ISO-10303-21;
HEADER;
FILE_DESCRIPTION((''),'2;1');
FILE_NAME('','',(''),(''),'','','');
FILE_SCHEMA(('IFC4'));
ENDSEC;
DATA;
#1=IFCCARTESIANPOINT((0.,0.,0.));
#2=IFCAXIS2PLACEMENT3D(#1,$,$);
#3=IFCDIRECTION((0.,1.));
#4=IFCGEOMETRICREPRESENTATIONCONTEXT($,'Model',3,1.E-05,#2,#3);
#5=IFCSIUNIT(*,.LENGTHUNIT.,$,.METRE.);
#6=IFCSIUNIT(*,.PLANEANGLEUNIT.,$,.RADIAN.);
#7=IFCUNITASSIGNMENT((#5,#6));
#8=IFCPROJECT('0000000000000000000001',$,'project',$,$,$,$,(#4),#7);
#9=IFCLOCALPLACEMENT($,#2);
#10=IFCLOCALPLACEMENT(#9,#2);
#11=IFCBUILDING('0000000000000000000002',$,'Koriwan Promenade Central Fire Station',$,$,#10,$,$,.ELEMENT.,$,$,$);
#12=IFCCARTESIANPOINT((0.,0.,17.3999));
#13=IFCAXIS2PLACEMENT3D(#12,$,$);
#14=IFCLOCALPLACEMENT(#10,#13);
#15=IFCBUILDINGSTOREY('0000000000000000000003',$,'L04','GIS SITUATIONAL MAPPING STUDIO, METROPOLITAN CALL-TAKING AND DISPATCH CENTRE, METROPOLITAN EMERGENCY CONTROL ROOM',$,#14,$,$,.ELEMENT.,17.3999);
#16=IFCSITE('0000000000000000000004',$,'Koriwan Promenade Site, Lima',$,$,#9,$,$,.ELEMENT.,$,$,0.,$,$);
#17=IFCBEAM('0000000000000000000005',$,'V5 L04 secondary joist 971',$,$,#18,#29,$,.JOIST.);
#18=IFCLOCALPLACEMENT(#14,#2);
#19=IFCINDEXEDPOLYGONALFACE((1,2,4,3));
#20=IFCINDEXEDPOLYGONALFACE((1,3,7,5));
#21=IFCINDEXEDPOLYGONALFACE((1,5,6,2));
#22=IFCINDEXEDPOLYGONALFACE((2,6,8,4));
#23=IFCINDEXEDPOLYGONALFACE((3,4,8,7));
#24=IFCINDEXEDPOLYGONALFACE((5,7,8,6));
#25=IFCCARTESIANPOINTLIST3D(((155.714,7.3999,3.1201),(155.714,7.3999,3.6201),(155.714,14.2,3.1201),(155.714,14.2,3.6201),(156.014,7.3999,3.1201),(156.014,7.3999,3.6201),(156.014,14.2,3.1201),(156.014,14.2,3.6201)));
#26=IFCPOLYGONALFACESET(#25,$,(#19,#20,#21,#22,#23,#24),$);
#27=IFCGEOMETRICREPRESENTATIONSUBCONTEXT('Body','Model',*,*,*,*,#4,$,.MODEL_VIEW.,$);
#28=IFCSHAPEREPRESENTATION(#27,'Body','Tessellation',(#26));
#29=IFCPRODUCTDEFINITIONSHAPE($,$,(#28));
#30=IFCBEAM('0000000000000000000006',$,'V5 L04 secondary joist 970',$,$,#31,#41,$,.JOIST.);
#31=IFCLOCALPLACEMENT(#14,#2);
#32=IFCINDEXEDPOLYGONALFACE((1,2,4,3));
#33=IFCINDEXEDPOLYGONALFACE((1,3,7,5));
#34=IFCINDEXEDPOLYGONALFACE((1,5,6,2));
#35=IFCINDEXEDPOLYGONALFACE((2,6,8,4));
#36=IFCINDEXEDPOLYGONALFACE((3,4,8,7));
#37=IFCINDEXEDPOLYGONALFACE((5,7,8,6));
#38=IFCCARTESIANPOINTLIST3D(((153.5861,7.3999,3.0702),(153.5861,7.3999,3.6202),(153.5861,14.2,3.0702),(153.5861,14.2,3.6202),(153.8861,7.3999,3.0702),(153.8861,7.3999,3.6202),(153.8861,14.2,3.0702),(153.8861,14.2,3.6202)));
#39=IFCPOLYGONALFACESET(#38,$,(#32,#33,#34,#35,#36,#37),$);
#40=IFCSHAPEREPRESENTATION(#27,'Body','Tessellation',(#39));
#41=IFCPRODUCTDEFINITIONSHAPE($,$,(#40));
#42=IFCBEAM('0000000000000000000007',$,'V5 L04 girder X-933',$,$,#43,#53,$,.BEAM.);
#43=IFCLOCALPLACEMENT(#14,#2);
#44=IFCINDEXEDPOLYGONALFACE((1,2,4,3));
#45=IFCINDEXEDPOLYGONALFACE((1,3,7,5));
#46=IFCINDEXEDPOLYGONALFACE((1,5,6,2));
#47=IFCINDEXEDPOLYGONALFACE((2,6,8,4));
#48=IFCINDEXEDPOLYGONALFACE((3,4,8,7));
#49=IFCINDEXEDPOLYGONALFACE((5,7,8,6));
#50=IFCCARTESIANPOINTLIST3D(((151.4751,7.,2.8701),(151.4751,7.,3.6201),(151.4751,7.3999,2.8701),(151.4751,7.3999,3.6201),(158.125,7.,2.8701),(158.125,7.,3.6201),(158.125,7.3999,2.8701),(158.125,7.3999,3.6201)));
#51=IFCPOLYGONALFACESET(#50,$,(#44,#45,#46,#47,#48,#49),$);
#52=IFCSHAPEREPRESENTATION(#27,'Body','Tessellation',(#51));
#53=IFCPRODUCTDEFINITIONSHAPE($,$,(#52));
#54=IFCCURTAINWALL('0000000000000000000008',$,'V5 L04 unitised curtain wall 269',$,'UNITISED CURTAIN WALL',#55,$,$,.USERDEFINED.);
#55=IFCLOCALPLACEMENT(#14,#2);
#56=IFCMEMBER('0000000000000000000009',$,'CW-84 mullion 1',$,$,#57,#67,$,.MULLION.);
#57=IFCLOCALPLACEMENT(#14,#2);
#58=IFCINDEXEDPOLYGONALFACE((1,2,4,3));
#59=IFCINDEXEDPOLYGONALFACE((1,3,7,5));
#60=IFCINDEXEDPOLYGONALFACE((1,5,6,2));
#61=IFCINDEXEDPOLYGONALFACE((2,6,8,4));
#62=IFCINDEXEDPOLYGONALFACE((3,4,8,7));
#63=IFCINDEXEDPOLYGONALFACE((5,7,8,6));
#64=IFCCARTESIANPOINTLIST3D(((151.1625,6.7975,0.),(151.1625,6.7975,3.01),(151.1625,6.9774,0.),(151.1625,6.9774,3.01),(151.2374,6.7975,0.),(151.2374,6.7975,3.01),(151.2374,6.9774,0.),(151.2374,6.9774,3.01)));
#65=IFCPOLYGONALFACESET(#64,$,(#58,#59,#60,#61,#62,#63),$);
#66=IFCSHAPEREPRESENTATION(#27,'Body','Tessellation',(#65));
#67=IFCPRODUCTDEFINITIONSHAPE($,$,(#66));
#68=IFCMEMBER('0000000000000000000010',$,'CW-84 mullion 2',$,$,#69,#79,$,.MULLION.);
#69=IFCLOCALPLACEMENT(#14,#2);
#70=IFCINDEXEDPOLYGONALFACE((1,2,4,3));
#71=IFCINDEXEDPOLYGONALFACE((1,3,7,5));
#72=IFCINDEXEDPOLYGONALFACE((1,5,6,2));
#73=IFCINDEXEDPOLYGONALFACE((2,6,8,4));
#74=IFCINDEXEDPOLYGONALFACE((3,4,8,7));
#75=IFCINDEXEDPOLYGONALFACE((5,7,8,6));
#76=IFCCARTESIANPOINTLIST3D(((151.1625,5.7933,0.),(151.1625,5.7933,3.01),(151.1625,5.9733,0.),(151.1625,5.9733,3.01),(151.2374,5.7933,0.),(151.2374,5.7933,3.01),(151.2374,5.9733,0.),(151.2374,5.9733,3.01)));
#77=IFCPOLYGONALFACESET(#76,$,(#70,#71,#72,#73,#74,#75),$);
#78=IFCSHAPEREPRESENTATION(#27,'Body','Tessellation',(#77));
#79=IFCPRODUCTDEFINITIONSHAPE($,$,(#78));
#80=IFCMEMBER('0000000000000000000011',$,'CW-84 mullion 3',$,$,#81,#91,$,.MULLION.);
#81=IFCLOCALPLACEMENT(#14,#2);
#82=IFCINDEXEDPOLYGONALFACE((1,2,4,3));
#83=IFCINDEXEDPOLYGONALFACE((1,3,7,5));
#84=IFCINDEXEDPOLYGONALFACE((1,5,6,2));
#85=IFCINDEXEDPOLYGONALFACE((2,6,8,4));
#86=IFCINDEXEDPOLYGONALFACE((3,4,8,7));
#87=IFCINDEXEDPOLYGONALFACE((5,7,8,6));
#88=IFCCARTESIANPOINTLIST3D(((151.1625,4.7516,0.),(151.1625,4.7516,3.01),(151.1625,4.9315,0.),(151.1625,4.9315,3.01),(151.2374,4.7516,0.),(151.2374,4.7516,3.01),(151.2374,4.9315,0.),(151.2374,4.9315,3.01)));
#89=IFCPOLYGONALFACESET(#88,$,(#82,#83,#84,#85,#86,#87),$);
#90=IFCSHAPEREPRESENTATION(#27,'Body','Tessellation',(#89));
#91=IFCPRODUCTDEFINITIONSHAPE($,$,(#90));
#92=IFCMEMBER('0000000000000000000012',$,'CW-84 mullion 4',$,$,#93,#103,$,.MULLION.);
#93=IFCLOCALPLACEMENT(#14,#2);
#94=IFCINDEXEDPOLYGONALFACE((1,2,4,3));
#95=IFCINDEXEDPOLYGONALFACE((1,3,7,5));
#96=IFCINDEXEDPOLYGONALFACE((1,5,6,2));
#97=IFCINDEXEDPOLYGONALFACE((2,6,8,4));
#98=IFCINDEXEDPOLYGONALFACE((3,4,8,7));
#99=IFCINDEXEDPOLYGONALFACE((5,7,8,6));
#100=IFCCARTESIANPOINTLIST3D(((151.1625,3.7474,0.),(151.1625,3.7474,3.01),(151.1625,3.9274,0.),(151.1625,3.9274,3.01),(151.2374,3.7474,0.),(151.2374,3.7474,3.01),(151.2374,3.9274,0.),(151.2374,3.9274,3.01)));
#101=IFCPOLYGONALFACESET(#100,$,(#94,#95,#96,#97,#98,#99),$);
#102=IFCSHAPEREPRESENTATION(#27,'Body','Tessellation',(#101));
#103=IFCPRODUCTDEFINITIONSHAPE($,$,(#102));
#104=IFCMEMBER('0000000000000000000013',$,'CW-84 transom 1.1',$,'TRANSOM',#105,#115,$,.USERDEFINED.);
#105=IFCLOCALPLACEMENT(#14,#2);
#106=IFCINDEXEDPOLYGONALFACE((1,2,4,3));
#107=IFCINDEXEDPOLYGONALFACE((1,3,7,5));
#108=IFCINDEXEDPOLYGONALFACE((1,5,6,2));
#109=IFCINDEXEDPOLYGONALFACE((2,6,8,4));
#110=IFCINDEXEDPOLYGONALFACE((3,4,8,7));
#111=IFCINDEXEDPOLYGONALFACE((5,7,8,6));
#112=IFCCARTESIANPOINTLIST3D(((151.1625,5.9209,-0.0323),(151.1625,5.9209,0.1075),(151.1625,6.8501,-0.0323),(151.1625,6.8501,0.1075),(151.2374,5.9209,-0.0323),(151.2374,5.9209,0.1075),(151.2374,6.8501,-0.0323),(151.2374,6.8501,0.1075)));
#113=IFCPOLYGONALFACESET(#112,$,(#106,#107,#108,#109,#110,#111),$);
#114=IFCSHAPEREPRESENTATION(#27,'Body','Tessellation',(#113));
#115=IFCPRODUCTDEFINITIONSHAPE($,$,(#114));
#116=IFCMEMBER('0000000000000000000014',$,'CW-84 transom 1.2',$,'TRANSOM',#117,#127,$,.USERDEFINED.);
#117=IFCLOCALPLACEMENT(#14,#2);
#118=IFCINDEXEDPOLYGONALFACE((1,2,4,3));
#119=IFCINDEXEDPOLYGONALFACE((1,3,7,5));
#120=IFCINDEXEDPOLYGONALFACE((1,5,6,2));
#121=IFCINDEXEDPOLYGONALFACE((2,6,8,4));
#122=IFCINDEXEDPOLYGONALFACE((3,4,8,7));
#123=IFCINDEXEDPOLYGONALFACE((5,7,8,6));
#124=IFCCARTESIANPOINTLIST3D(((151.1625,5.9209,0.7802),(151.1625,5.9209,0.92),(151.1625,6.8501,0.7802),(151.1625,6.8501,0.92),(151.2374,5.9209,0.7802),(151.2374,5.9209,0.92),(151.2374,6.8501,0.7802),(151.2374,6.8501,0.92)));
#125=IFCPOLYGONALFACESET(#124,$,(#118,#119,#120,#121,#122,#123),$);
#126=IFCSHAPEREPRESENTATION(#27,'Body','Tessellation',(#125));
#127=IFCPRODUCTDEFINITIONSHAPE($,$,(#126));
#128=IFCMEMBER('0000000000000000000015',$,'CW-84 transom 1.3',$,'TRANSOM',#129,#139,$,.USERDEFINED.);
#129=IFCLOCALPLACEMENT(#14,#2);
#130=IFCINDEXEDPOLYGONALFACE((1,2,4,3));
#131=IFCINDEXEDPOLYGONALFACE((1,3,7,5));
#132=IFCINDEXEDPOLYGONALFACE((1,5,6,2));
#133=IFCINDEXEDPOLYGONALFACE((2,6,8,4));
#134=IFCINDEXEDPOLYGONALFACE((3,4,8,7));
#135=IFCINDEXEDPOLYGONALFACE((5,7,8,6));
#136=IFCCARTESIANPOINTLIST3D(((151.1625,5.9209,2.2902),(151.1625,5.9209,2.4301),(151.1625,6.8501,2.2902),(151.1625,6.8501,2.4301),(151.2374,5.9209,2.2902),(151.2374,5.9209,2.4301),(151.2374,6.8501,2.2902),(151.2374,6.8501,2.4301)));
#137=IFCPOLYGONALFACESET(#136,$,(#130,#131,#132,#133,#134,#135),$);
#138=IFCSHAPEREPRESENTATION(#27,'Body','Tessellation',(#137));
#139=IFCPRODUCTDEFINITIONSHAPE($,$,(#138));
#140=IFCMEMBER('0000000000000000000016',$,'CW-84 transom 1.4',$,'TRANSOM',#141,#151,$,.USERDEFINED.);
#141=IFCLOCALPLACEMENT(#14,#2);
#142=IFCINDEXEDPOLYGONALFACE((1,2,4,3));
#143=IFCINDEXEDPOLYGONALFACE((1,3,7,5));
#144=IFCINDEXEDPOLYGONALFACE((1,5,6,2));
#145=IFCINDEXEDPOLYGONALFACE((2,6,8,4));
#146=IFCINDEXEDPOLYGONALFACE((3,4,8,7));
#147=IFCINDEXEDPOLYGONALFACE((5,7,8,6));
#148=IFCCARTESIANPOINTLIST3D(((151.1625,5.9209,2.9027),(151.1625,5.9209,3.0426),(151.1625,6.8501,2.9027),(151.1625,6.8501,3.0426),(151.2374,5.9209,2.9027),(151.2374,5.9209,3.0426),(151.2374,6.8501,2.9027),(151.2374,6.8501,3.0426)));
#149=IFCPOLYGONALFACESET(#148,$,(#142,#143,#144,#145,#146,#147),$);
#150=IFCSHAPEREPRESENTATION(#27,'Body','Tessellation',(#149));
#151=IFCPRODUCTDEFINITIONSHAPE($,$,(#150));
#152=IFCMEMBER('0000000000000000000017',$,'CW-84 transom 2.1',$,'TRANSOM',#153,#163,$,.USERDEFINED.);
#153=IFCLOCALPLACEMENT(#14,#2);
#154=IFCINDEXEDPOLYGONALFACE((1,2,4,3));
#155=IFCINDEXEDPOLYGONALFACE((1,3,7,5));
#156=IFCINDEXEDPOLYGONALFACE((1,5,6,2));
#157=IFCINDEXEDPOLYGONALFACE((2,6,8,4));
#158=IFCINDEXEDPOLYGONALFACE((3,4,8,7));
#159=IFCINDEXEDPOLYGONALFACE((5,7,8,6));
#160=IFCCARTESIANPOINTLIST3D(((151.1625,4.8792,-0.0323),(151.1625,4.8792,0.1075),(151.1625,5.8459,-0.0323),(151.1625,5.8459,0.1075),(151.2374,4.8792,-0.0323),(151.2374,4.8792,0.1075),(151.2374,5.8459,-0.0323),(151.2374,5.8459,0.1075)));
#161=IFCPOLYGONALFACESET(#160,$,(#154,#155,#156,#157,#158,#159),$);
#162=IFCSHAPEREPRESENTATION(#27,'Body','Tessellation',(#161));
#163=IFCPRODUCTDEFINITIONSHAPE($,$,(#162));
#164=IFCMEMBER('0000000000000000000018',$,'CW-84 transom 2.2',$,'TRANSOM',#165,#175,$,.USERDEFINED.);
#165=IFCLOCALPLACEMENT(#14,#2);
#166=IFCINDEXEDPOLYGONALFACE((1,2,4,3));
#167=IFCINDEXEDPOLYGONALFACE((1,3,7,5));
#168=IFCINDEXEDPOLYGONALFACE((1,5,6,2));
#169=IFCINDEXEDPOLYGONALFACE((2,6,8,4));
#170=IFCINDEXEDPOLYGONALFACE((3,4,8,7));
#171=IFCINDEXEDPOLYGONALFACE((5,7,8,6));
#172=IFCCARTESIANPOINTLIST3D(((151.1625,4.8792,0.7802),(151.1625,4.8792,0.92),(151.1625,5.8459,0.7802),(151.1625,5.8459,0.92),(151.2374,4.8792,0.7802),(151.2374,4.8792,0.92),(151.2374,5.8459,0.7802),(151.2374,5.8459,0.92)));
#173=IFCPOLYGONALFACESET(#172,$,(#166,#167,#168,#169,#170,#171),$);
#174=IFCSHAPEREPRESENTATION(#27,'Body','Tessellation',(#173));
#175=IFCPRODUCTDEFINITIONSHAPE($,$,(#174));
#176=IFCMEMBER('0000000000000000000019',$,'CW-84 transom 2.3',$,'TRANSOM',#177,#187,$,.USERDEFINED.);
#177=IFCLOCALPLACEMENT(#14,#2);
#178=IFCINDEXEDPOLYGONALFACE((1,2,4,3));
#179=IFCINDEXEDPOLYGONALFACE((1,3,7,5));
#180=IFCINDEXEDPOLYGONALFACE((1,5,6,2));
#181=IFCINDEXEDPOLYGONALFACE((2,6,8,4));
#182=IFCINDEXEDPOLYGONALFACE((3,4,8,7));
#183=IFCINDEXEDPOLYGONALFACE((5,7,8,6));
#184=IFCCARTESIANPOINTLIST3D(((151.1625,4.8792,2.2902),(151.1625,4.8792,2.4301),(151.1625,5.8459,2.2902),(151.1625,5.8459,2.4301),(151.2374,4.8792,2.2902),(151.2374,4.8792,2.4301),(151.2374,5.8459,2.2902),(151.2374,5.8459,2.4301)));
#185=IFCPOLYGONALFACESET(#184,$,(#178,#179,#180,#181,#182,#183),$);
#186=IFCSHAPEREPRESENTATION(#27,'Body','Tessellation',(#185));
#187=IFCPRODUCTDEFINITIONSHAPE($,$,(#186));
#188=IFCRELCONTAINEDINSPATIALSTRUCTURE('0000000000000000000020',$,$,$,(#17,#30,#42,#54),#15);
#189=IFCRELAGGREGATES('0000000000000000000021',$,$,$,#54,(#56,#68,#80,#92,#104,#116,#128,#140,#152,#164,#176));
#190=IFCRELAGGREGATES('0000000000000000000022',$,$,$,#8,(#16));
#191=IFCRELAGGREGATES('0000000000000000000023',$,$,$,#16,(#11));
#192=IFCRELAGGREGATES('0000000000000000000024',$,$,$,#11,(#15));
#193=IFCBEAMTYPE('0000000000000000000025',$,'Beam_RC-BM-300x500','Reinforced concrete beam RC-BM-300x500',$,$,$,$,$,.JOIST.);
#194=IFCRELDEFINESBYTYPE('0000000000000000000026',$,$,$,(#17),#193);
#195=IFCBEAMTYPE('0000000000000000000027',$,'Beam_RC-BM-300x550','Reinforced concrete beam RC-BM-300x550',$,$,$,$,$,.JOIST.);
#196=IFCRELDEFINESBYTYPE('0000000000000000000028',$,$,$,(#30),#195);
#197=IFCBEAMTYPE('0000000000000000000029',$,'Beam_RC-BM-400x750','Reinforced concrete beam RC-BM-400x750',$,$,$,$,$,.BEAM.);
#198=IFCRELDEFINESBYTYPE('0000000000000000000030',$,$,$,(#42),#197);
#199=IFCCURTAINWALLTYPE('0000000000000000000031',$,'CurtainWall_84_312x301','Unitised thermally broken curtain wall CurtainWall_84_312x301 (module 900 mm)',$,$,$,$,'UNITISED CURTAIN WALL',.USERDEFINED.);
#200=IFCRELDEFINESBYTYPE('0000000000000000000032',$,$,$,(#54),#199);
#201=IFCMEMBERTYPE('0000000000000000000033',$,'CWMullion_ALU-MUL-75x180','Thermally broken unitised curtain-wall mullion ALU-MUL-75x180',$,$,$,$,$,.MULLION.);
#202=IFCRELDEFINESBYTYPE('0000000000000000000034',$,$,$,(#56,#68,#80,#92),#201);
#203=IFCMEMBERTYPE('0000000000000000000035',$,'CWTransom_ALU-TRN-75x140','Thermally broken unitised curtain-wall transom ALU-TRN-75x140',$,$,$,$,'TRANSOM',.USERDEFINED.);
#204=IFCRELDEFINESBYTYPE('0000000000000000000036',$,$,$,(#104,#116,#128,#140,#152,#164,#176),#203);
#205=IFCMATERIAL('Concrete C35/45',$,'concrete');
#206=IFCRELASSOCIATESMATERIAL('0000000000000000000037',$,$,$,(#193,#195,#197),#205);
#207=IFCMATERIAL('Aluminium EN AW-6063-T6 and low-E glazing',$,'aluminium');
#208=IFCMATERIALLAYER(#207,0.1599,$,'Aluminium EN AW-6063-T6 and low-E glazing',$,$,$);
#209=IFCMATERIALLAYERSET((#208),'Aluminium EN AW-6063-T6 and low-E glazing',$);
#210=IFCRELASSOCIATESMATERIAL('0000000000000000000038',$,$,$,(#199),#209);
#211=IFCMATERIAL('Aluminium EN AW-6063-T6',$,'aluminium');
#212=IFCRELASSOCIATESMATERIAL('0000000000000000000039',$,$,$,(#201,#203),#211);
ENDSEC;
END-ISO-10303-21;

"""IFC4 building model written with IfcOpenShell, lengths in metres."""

from ifc_helpers import new_model, si_unit, direction, frame, origin, origin_2d, place, context, subcontext, project, spatial, rectangle, extrude, material, layer, layer_set, material_profile, profile_set, type_object, element, aggregate, save


model = new_model("IFC4")

# Units and contexts
model_context = context("Model", 3, precision=1e-05, world=origin(), true_north=direction((0.0, 1.0)))
body_context = subcontext(model_context, "Body", "Model", "MODEL_VIEW")
ifc_project = project(units=[si_unit("LENGTHUNIT", "METRE"), si_unit("PLANEANGLEUNIT", "RADIAN")], contexts=[model_context])

# Site, building, storey
site_placement = place(None, origin())
site = spatial("IfcSite", under=ifc_project, at=site_placement, Name="Koriwan Promenade Site, Lima", CompositionType="ELEMENT", RefElevation=0.0)
building_placement = place(site_placement, origin())
building = spatial("IfcBuilding", under=site, at=building_placement, Name="Koriwan Promenade Central Fire Station", CompositionType="ELEMENT")
storey_placement = place(building_placement, frame((0.0, 0.0, 17.3999)))
storey = spatial("IfcBuildingStorey", under=building, at=storey_placement, Name="L04", Description="GIS SITUATIONAL MAPPING STUDIO, METROPOLITAN CALL-TAKING AND DISPATCH CENTRE, METROPOLITAN EMERGENCY CONTROL ROOM", CompositionType="ELEMENT", Elevation=17.3999)

# Beams
ifc_material_1 = material(Name="Concrete C35/45", Category="concrete")
ifc_material_profile_1 = material_profile(ifc_material_1, rectangle(XDim=0.3, YDim=0.5, at=origin_2d()), Name="RC-BM-300x500")
ifc_profile_set_1 = profile_set([ifc_material_profile_1], Name="Concrete C35/45")
beam_type_1 = type_object("IfcBeamType", Name="Beam_RC-BM-300x500", Description="Reinforced concrete beam RC-BM-300x500", PredefinedType="JOIST", material=ifc_profile_set_1)
beam_1_placement = place(storey_placement, frame((155.864, 7.3999, 3.3701), z_axis=(0.0, 1.0, 0.0), x_axis=(-1.0, 0.0, 0.0)))
element("IfcBeam", 1, at=beam_1_placement, inside=storey, type_object=beam_type_1, Name="V5 L04 secondary joist 971", PredefinedType="JOIST", context=body_context, shape_type="SweptSolid", body=[
    extrude(rectangle(XDim=0.3, YDim=0.5, at=origin_2d()), origin(), (0.0, 0.0, 1.0), 6.8),
])
ifc_material_profile_2 = material_profile(ifc_material_1, rectangle(XDim=0.3, YDim=0.55, at=origin_2d()), Name="RC-BM-300x550")
ifc_profile_set_2 = profile_set([ifc_material_profile_2], Name="Concrete C35/45")
beam_type_2 = type_object("IfcBeamType", Name="Beam_RC-BM-300x550", Description="Reinforced concrete beam RC-BM-300x550", PredefinedType="JOIST", material=ifc_profile_set_2)
beam_2_placement = place(storey_placement, frame((153.7361, 7.3999, 3.3452), z_axis=(0.0, 1.0, 0.0), x_axis=(-1.0, 0.0, 0.0)))
element("IfcBeam", 2, at=beam_2_placement, inside=storey, type_object=beam_type_2, Name="V5 L04 secondary joist 970", PredefinedType="JOIST", context=body_context, shape_type="SweptSolid", body=[
    extrude(rectangle(XDim=0.3, YDim=0.55, at=origin_2d()), origin(), (0.0, 0.0, 1.0), 6.8),
])
ifc_material_profile_3 = material_profile(ifc_material_1, rectangle(XDim=0.3999, YDim=0.75, at=origin_2d()), Name="RC-BM-400x750")
ifc_profile_set_3 = profile_set([ifc_material_profile_3], Name="Concrete C35/45")
beam_type_3 = type_object("IfcBeamType", Name="Beam_RC-BM-400x750", Description="Reinforced concrete beam RC-BM-400x750", PredefinedType="BEAM", material=ifc_profile_set_3)
beam_3_placement = place(storey_placement, frame((151.4751, 7.2, 3.2451), z_axis=(1.0, 0.0, 0.0), x_axis=(0.0, 1.0, 0.0)))
element("IfcBeam", 3, at=beam_3_placement, inside=storey, type_object=beam_type_3, Name="V5 L04 girder X-933", PredefinedType="BEAM", context=body_context, shape_type="SweptSolid", body=[
    extrude(rectangle(XDim=0.3999, YDim=0.75, at=origin_2d()), origin(), (0.0, 0.0, 1.0), 6.6499),
])

# Curtain wall, members
ifc_material_2 = material(Name="Aluminium EN AW-6063-T6 and low-E glazing", Category="aluminium")
ifc_layer_1 = layer(ifc_material_2, 0.1599, Name="Aluminium EN AW-6063-T6 and low-E glazing")
ifc_layer_set_1 = layer_set([ifc_layer_1], Name="Aluminium EN AW-6063-T6 and low-E glazing")
curtain_wall_type = type_object("IfcCurtainWallType", Name="CurtainWall_84_312x301", Description="Unitised thermally broken curtain wall CurtainWall_84_312x301 (module 900 mm)", ElementType="UNITISED CURTAIN WALL", PredefinedType="USERDEFINED", material=ifc_layer_set_1)
curtain_wall_placement = place(storey_placement, origin())
curtain_wall = element("IfcCurtainWall", 4, at=curtain_wall_placement, inside=storey, type_object=curtain_wall_type, Name="V5 L04 unitised curtain wall 269", ObjectType="UNITISED CURTAIN WALL", PredefinedType="USERDEFINED")
ifc_material_3 = material(Name="Aluminium EN AW-6063-T6", Category="aluminium")
ifc_material_profile_4 = material_profile(ifc_material_3, rectangle(XDim=0.075, YDim=0.1799, at=origin_2d()), Name="ALU-MUL-75x180")
ifc_profile_set_4 = profile_set([ifc_material_profile_4], Name="Aluminium EN AW-6063-T6")
member_type_1 = type_object("IfcMemberType", Name="CWMullion_ALU-MUL-75x180", Description="Thermally broken unitised curtain-wall mullion ALU-MUL-75x180", PredefinedType="MULLION", material=ifc_profile_set_4)
member_1_placement = place(storey_placement, frame((151.2, 6.8875, 0.0), z_axis=(0.0, 0.0, 1.0), x_axis=(1.0, 0.0, 0.0)))
member_1 = element("IfcMember", 5, at=member_1_placement, type_object=member_type_1, Name="CW-84 mullion 1", PredefinedType="MULLION", context=body_context, shape_type="SweptSolid", body=[
    extrude(rectangle(XDim=0.075, YDim=0.1799, at=origin_2d()), origin(), (0.0, 0.0, 1.0), 3.01),
])
member_2_placement = place(storey_placement, frame((151.2, 5.8833, 0.0), z_axis=(0.0, 0.0, 1.0), x_axis=(1.0, 0.0, 0.0)))
member_2 = element("IfcMember", 6, at=member_2_placement, type_object=member_type_1, Name="CW-84 mullion 2", PredefinedType="MULLION", context=body_context, shape_type="SweptSolid", body=[
    extrude(rectangle(XDim=0.075, YDim=0.1799, at=origin_2d()), origin(), (0.0, 0.0, 1.0), 3.01),
])
member_3_placement = place(storey_placement, frame((151.2, 4.8416, 0.0), z_axis=(0.0, 0.0, 1.0), x_axis=(1.0, 0.0, 0.0)))
member_3 = element("IfcMember", 7, at=member_3_placement, type_object=member_type_1, Name="CW-84 mullion 3", PredefinedType="MULLION", context=body_context, shape_type="SweptSolid", body=[
    extrude(rectangle(XDim=0.075, YDim=0.1799, at=origin_2d()), origin(), (0.0, 0.0, 1.0), 3.01),
])
member_4_placement = place(storey_placement, frame((151.2, 3.8374, 0.0), z_axis=(0.0, 0.0, 1.0), x_axis=(1.0, 0.0, 0.0)))
member_4 = element("IfcMember", 8, at=member_4_placement, type_object=member_type_1, Name="CW-84 mullion 4", PredefinedType="MULLION", context=body_context, shape_type="SweptSolid", body=[
    extrude(rectangle(XDim=0.075, YDim=0.1799, at=origin_2d()), origin(), (0.0, 0.0, 1.0), 3.01),
])
ifc_material_profile_5 = material_profile(ifc_material_3, rectangle(XDim=0.075, YDim=0.1399, at=origin_2d()), Name="ALU-TRN-75x140")
ifc_profile_set_5 = profile_set([ifc_material_profile_5], Name="Aluminium EN AW-6063-T6")
member_type_2 = type_object("IfcMemberType", Name="CWTransom_ALU-TRN-75x140", Description="Thermally broken unitised curtain-wall transom ALU-TRN-75x140", ElementType="TRANSOM", PredefinedType="USERDEFINED", material=ifc_profile_set_5)
member_5_placement = place(storey_placement, frame((151.2, 6.8501, 0.0376), z_axis=(0.0, -1.0, 0.0), x_axis=(1.0, 0.0, 0.0)))
member_5 = element("IfcMember", 9, at=member_5_placement, type_object=member_type_2, Name="CW-84 transom 1.1", ObjectType="TRANSOM", PredefinedType="USERDEFINED", context=body_context, shape_type="SweptSolid", body=[
    extrude(rectangle(XDim=0.075, YDim=0.1399, at=origin_2d()), origin(), (0.0, 0.0, 1.0), 0.9292),
])
member_6_placement = place(storey_placement, frame((151.2, 6.8501, 0.8501), z_axis=(0.0, -1.0, 0.0), x_axis=(1.0, 0.0, 0.0)))
member_6 = element("IfcMember", 10, at=member_6_placement, type_object=member_type_2, Name="CW-84 transom 1.2", ObjectType="TRANSOM", PredefinedType="USERDEFINED", context=body_context, shape_type="SweptSolid", body=[
    extrude(rectangle(XDim=0.075, YDim=0.1399, at=origin_2d()), origin(), (0.0, 0.0, 1.0), 0.9292),
])
member_7_placement = place(storey_placement, frame((151.2, 6.8501, 2.3601), z_axis=(0.0, -1.0, 0.0), x_axis=(1.0, 0.0, 0.0)))
member_7 = element("IfcMember", 11, at=member_7_placement, type_object=member_type_2, Name="CW-84 transom 1.3", ObjectType="TRANSOM", PredefinedType="USERDEFINED", context=body_context, shape_type="SweptSolid", body=[
    extrude(rectangle(XDim=0.075, YDim=0.1399, at=origin_2d()), origin(), (0.0, 0.0, 1.0), 0.9292),
])
member_8_placement = place(storey_placement, frame((151.2, 6.8501, 2.9727), z_axis=(0.0, -1.0, 0.0), x_axis=(1.0, 0.0, 0.0)))
member_8 = element("IfcMember", 12, at=member_8_placement, type_object=member_type_2, Name="CW-84 transom 1.4", ObjectType="TRANSOM", PredefinedType="USERDEFINED", context=body_context, shape_type="SweptSolid", body=[
    extrude(rectangle(XDim=0.075, YDim=0.1399, at=origin_2d()), origin(), (0.0, 0.0, 1.0), 0.9292),
])
member_9_placement = place(storey_placement, frame((151.2, 5.8459, 0.0376), z_axis=(0.0, -1.0, 0.0), x_axis=(1.0, 0.0, 0.0)))
member_9 = element("IfcMember", 13, at=member_9_placement, type_object=member_type_2, Name="CW-84 transom 2.1", ObjectType="TRANSOM", PredefinedType="USERDEFINED", context=body_context, shape_type="SweptSolid", body=[
    extrude(rectangle(XDim=0.075, YDim=0.1399, at=origin_2d()), origin(), (0.0, 0.0, 1.0), 0.9668),
])
member_10_placement = place(storey_placement, frame((151.2, 5.8459, 0.8501), z_axis=(0.0, -1.0, 0.0), x_axis=(1.0, 0.0, 0.0)))
member_10 = element("IfcMember", 14, at=member_10_placement, type_object=member_type_2, Name="CW-84 transom 2.2", ObjectType="TRANSOM", PredefinedType="USERDEFINED", context=body_context, shape_type="SweptSolid", body=[
    extrude(rectangle(XDim=0.075, YDim=0.1399, at=origin_2d()), origin(), (0.0, 0.0, 1.0), 0.9668),
])
member_11_placement = place(storey_placement, frame((151.2, 5.8459, 2.3601), z_axis=(0.0, -1.0, 0.0), x_axis=(1.0, 0.0, 0.0)))
member_11 = element("IfcMember", 15, at=member_11_placement, type_object=member_type_2, Name="CW-84 transom 2.3", ObjectType="TRANSOM", PredefinedType="USERDEFINED", context=body_context, shape_type="SweptSolid", body=[
    extrude(rectangle(XDim=0.075, YDim=0.1399, at=origin_2d()), origin(), (0.0, 0.0, 1.0), 0.9668),
])
aggregate(curtain_wall, [member_1, member_2, member_3, member_4, member_5, member_6, member_7, member_8, member_9, member_10, member_11])

save(model, "model.ifc")
